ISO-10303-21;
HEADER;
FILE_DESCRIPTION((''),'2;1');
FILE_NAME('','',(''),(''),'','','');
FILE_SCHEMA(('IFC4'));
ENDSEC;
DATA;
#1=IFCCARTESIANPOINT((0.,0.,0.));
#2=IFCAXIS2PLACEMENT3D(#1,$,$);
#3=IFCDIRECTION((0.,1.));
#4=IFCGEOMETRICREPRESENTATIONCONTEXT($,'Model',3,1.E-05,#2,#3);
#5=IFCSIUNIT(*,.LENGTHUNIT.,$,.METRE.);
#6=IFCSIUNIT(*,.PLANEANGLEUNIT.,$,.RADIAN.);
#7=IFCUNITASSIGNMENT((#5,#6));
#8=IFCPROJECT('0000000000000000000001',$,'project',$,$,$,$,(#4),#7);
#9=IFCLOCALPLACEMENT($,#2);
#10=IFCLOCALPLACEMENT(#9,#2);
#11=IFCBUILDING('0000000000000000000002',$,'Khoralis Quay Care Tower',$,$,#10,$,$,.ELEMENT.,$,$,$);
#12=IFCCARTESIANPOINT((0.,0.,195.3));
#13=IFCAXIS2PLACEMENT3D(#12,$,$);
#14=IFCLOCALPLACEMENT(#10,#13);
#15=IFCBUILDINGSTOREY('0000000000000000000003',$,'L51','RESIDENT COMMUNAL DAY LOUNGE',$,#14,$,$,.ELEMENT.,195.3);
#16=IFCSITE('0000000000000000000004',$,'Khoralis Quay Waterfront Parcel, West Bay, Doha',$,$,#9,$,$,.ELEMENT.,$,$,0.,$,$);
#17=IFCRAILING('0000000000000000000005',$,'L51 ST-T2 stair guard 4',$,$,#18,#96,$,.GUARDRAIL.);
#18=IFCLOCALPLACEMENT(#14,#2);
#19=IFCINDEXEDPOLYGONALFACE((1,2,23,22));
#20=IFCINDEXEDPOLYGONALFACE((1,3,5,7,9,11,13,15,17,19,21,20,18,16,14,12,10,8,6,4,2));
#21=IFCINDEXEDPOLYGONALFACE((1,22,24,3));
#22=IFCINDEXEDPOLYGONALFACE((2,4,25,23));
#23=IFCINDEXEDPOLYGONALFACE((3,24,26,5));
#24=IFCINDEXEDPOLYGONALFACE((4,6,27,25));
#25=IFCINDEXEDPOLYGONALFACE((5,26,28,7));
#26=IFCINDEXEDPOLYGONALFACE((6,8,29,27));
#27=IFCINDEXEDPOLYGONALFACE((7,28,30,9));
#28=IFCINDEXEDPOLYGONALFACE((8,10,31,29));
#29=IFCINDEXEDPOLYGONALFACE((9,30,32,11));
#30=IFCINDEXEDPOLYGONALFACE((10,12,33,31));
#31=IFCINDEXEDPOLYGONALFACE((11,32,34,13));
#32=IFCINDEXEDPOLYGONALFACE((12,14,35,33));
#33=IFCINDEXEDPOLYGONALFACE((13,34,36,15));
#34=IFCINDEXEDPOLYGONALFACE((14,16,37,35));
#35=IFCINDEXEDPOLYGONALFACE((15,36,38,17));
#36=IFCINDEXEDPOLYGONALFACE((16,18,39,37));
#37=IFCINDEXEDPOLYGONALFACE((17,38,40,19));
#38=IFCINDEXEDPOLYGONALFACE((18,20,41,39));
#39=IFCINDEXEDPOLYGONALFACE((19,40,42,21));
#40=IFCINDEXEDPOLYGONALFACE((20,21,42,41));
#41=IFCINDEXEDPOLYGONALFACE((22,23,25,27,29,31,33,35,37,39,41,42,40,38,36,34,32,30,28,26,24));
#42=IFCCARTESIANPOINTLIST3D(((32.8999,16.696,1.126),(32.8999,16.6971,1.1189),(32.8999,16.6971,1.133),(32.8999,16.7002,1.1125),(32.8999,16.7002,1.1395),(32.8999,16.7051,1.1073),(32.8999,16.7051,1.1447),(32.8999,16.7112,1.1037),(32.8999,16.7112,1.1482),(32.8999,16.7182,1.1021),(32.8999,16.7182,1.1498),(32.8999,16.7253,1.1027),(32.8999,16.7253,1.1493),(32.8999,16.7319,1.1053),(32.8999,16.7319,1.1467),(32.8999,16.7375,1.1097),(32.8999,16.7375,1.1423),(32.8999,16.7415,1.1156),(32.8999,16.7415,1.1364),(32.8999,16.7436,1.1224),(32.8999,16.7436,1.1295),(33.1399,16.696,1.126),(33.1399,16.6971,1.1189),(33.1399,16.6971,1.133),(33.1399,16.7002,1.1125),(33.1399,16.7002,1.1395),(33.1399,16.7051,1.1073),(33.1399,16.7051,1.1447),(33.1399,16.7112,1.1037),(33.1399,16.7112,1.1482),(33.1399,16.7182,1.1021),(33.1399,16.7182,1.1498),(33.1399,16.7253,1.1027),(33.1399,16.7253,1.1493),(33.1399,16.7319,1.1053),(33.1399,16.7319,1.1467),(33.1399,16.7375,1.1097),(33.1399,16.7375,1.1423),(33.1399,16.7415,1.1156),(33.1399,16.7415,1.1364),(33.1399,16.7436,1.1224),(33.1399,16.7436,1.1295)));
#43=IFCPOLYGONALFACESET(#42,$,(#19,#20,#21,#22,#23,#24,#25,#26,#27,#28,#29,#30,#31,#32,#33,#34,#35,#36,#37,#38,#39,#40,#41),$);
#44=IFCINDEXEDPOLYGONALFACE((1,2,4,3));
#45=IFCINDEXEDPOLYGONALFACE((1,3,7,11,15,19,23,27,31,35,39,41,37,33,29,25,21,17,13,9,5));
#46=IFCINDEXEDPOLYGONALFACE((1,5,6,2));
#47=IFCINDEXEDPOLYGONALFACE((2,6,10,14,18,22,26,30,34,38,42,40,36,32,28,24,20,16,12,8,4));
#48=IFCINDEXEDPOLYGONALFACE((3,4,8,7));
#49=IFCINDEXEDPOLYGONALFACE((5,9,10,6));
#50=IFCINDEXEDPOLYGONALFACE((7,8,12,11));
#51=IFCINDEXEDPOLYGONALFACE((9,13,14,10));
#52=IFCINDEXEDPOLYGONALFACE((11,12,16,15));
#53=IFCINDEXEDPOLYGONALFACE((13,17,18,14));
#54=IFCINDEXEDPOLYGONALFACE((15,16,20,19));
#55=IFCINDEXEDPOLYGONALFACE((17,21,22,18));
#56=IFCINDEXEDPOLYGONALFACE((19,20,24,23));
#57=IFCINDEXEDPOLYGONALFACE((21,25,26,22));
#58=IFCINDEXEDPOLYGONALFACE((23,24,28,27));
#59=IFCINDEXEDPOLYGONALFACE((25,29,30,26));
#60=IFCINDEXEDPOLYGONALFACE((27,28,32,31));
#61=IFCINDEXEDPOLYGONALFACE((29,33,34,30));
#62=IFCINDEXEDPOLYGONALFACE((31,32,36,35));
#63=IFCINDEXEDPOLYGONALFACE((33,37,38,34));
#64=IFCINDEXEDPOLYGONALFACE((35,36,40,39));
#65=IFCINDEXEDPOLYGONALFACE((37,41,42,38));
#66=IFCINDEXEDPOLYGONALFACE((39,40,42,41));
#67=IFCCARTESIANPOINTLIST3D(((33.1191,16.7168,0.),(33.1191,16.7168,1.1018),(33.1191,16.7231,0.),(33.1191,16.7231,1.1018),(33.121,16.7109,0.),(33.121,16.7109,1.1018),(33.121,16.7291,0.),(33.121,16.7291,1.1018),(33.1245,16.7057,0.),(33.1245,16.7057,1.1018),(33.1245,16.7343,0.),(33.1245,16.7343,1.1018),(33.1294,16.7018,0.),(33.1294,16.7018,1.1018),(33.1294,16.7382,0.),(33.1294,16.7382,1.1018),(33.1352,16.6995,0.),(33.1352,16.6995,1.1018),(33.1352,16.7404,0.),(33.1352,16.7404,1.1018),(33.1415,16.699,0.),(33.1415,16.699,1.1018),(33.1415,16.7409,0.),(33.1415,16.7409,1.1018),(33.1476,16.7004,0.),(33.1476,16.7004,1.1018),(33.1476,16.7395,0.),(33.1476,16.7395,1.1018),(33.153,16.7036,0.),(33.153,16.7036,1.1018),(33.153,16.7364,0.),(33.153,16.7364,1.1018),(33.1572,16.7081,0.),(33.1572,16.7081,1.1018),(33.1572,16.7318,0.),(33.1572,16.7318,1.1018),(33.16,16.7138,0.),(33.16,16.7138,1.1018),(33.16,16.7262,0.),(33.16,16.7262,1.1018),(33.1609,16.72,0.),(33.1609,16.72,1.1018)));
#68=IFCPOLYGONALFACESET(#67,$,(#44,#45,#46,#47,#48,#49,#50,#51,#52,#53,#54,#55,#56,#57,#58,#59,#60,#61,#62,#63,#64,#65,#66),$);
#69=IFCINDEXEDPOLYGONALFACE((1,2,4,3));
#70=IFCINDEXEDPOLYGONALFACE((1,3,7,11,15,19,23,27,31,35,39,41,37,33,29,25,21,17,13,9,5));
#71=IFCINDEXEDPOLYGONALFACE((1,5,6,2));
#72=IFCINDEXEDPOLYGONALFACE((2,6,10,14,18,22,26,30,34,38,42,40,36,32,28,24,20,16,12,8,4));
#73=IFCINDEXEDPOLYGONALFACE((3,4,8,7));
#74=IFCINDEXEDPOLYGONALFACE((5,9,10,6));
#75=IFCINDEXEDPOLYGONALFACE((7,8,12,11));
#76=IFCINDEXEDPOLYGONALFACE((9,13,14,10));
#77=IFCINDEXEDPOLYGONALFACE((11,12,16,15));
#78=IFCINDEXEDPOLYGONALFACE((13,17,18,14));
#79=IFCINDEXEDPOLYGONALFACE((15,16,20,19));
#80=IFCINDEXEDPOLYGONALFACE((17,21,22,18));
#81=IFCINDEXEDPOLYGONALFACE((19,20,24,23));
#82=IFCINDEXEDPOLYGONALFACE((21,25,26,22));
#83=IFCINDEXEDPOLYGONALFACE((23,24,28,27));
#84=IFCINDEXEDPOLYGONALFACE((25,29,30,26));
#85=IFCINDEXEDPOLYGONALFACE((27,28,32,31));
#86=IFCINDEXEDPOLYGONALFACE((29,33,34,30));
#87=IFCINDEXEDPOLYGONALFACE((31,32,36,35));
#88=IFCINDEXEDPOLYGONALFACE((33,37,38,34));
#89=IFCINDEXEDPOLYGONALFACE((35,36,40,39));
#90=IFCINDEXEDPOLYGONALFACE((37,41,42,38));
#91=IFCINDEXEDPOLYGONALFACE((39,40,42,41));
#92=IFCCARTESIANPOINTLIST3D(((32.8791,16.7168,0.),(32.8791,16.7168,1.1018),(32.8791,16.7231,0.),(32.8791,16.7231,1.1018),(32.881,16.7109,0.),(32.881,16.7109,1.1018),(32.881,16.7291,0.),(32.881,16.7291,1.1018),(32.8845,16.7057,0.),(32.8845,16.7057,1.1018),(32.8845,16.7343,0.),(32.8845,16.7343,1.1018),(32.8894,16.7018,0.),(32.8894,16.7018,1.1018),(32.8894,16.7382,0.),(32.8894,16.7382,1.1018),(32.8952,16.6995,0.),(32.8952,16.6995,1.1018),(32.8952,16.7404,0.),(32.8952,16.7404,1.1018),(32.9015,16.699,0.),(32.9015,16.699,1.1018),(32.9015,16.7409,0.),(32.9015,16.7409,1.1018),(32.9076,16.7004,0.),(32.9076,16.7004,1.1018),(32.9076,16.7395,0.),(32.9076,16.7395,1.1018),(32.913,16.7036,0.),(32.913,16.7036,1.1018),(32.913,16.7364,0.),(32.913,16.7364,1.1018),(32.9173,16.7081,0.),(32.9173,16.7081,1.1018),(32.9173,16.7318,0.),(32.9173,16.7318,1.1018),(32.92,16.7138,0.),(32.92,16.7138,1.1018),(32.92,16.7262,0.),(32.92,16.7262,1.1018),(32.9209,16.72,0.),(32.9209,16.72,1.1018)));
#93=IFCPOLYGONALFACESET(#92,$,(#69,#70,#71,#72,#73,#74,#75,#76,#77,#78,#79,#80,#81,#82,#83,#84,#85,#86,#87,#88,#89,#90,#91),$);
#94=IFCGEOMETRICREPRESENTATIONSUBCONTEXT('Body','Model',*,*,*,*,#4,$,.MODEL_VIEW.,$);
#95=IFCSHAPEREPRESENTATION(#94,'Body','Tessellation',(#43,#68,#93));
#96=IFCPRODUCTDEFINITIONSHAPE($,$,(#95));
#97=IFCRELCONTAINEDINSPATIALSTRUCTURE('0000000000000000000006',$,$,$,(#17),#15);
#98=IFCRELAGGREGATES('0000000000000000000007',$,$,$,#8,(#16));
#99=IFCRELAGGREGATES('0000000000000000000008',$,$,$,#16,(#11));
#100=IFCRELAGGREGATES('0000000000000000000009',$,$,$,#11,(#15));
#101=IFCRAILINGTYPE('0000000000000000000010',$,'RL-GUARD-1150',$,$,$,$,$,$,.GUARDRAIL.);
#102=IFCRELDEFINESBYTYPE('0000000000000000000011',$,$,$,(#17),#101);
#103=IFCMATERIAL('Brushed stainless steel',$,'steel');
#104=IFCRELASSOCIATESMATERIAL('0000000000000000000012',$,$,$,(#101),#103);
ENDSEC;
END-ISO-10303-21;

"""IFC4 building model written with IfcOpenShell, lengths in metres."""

from ifc_helpers import new_model, si_unit, direction, frame, origin, origin_2d, place, context, subcontext, project, spatial, circle, extrude, material, type_object, element, save


model = new_model("IFC4")

# Units and contexts
model_context = context("Model", 3, precision=1e-05, world=origin(), true_north=direction((0.0, 1.0)))
body_context = subcontext(model_context, "Body", "Model", "MODEL_VIEW")
ifc_project = project(units=[si_unit("LENGTHUNIT", "METRE"), si_unit("PLANEANGLEUNIT", "RADIAN")], contexts=[model_context])

# Site, building, storey
site_placement = place(None, origin())
site = spatial("IfcSite", under=ifc_project, at=site_placement, Name="Khoralis Quay Waterfront Parcel, West Bay, Doha", CompositionType="ELEMENT", RefElevation=0.0)
building_placement = place(site_placement, origin())
building = spatial("IfcBuilding", under=site, at=building_placement, Name="Khoralis Quay Care Tower", CompositionType="ELEMENT")
storey_placement = place(building_placement, frame((0.0, 0.0, 195.3)))
storey = spatial("IfcBuildingStorey", under=building, at=storey_placement, Name="L51", Description="RESIDENT COMMUNAL DAY LOUNGE", CompositionType="ELEMENT", Elevation=195.3)

# Shared definitions
ifc_material_1 = material(Name="Brushed stainless steel", Category="steel")

# Railing
railing_type_1 = type_object("IfcRailingType", Name="RL-GUARD-1150", PredefinedType="GUARDRAIL", material=ifc_material_1)
railing_1_placement = place(storey_placement, frame((33.1399, 16.72, 0.0)))
element("IfcRailing", 1, at=railing_1_placement, inside=storey, type_object=railing_type_1, Name="L51 ST-T2 stair guard 4", PredefinedType="GUARDRAIL", context=body_context, shape_type="SweptSolid", body=[
    extrude(circle(Radius=0.0239, at=origin_2d()), frame((0.0, 0.0, 1.126), z_axis=(-1.0, 0.0, 0.0), x_axis=(0.0, -1.0, 0.0)), (0.0, 0.0, 1.0), 0.24),
    extrude(circle(Radius=0.021, at=origin_2d()), origin(), (0.0, 0.0, 1.0), 1.1018),
    extrude(circle(Radius=0.021, at=origin_2d()), frame((-0.24, 0.0, 0.0)), (0.0, 0.0, 1.0), 1.1018),
])

save(model, "model.ifc")
